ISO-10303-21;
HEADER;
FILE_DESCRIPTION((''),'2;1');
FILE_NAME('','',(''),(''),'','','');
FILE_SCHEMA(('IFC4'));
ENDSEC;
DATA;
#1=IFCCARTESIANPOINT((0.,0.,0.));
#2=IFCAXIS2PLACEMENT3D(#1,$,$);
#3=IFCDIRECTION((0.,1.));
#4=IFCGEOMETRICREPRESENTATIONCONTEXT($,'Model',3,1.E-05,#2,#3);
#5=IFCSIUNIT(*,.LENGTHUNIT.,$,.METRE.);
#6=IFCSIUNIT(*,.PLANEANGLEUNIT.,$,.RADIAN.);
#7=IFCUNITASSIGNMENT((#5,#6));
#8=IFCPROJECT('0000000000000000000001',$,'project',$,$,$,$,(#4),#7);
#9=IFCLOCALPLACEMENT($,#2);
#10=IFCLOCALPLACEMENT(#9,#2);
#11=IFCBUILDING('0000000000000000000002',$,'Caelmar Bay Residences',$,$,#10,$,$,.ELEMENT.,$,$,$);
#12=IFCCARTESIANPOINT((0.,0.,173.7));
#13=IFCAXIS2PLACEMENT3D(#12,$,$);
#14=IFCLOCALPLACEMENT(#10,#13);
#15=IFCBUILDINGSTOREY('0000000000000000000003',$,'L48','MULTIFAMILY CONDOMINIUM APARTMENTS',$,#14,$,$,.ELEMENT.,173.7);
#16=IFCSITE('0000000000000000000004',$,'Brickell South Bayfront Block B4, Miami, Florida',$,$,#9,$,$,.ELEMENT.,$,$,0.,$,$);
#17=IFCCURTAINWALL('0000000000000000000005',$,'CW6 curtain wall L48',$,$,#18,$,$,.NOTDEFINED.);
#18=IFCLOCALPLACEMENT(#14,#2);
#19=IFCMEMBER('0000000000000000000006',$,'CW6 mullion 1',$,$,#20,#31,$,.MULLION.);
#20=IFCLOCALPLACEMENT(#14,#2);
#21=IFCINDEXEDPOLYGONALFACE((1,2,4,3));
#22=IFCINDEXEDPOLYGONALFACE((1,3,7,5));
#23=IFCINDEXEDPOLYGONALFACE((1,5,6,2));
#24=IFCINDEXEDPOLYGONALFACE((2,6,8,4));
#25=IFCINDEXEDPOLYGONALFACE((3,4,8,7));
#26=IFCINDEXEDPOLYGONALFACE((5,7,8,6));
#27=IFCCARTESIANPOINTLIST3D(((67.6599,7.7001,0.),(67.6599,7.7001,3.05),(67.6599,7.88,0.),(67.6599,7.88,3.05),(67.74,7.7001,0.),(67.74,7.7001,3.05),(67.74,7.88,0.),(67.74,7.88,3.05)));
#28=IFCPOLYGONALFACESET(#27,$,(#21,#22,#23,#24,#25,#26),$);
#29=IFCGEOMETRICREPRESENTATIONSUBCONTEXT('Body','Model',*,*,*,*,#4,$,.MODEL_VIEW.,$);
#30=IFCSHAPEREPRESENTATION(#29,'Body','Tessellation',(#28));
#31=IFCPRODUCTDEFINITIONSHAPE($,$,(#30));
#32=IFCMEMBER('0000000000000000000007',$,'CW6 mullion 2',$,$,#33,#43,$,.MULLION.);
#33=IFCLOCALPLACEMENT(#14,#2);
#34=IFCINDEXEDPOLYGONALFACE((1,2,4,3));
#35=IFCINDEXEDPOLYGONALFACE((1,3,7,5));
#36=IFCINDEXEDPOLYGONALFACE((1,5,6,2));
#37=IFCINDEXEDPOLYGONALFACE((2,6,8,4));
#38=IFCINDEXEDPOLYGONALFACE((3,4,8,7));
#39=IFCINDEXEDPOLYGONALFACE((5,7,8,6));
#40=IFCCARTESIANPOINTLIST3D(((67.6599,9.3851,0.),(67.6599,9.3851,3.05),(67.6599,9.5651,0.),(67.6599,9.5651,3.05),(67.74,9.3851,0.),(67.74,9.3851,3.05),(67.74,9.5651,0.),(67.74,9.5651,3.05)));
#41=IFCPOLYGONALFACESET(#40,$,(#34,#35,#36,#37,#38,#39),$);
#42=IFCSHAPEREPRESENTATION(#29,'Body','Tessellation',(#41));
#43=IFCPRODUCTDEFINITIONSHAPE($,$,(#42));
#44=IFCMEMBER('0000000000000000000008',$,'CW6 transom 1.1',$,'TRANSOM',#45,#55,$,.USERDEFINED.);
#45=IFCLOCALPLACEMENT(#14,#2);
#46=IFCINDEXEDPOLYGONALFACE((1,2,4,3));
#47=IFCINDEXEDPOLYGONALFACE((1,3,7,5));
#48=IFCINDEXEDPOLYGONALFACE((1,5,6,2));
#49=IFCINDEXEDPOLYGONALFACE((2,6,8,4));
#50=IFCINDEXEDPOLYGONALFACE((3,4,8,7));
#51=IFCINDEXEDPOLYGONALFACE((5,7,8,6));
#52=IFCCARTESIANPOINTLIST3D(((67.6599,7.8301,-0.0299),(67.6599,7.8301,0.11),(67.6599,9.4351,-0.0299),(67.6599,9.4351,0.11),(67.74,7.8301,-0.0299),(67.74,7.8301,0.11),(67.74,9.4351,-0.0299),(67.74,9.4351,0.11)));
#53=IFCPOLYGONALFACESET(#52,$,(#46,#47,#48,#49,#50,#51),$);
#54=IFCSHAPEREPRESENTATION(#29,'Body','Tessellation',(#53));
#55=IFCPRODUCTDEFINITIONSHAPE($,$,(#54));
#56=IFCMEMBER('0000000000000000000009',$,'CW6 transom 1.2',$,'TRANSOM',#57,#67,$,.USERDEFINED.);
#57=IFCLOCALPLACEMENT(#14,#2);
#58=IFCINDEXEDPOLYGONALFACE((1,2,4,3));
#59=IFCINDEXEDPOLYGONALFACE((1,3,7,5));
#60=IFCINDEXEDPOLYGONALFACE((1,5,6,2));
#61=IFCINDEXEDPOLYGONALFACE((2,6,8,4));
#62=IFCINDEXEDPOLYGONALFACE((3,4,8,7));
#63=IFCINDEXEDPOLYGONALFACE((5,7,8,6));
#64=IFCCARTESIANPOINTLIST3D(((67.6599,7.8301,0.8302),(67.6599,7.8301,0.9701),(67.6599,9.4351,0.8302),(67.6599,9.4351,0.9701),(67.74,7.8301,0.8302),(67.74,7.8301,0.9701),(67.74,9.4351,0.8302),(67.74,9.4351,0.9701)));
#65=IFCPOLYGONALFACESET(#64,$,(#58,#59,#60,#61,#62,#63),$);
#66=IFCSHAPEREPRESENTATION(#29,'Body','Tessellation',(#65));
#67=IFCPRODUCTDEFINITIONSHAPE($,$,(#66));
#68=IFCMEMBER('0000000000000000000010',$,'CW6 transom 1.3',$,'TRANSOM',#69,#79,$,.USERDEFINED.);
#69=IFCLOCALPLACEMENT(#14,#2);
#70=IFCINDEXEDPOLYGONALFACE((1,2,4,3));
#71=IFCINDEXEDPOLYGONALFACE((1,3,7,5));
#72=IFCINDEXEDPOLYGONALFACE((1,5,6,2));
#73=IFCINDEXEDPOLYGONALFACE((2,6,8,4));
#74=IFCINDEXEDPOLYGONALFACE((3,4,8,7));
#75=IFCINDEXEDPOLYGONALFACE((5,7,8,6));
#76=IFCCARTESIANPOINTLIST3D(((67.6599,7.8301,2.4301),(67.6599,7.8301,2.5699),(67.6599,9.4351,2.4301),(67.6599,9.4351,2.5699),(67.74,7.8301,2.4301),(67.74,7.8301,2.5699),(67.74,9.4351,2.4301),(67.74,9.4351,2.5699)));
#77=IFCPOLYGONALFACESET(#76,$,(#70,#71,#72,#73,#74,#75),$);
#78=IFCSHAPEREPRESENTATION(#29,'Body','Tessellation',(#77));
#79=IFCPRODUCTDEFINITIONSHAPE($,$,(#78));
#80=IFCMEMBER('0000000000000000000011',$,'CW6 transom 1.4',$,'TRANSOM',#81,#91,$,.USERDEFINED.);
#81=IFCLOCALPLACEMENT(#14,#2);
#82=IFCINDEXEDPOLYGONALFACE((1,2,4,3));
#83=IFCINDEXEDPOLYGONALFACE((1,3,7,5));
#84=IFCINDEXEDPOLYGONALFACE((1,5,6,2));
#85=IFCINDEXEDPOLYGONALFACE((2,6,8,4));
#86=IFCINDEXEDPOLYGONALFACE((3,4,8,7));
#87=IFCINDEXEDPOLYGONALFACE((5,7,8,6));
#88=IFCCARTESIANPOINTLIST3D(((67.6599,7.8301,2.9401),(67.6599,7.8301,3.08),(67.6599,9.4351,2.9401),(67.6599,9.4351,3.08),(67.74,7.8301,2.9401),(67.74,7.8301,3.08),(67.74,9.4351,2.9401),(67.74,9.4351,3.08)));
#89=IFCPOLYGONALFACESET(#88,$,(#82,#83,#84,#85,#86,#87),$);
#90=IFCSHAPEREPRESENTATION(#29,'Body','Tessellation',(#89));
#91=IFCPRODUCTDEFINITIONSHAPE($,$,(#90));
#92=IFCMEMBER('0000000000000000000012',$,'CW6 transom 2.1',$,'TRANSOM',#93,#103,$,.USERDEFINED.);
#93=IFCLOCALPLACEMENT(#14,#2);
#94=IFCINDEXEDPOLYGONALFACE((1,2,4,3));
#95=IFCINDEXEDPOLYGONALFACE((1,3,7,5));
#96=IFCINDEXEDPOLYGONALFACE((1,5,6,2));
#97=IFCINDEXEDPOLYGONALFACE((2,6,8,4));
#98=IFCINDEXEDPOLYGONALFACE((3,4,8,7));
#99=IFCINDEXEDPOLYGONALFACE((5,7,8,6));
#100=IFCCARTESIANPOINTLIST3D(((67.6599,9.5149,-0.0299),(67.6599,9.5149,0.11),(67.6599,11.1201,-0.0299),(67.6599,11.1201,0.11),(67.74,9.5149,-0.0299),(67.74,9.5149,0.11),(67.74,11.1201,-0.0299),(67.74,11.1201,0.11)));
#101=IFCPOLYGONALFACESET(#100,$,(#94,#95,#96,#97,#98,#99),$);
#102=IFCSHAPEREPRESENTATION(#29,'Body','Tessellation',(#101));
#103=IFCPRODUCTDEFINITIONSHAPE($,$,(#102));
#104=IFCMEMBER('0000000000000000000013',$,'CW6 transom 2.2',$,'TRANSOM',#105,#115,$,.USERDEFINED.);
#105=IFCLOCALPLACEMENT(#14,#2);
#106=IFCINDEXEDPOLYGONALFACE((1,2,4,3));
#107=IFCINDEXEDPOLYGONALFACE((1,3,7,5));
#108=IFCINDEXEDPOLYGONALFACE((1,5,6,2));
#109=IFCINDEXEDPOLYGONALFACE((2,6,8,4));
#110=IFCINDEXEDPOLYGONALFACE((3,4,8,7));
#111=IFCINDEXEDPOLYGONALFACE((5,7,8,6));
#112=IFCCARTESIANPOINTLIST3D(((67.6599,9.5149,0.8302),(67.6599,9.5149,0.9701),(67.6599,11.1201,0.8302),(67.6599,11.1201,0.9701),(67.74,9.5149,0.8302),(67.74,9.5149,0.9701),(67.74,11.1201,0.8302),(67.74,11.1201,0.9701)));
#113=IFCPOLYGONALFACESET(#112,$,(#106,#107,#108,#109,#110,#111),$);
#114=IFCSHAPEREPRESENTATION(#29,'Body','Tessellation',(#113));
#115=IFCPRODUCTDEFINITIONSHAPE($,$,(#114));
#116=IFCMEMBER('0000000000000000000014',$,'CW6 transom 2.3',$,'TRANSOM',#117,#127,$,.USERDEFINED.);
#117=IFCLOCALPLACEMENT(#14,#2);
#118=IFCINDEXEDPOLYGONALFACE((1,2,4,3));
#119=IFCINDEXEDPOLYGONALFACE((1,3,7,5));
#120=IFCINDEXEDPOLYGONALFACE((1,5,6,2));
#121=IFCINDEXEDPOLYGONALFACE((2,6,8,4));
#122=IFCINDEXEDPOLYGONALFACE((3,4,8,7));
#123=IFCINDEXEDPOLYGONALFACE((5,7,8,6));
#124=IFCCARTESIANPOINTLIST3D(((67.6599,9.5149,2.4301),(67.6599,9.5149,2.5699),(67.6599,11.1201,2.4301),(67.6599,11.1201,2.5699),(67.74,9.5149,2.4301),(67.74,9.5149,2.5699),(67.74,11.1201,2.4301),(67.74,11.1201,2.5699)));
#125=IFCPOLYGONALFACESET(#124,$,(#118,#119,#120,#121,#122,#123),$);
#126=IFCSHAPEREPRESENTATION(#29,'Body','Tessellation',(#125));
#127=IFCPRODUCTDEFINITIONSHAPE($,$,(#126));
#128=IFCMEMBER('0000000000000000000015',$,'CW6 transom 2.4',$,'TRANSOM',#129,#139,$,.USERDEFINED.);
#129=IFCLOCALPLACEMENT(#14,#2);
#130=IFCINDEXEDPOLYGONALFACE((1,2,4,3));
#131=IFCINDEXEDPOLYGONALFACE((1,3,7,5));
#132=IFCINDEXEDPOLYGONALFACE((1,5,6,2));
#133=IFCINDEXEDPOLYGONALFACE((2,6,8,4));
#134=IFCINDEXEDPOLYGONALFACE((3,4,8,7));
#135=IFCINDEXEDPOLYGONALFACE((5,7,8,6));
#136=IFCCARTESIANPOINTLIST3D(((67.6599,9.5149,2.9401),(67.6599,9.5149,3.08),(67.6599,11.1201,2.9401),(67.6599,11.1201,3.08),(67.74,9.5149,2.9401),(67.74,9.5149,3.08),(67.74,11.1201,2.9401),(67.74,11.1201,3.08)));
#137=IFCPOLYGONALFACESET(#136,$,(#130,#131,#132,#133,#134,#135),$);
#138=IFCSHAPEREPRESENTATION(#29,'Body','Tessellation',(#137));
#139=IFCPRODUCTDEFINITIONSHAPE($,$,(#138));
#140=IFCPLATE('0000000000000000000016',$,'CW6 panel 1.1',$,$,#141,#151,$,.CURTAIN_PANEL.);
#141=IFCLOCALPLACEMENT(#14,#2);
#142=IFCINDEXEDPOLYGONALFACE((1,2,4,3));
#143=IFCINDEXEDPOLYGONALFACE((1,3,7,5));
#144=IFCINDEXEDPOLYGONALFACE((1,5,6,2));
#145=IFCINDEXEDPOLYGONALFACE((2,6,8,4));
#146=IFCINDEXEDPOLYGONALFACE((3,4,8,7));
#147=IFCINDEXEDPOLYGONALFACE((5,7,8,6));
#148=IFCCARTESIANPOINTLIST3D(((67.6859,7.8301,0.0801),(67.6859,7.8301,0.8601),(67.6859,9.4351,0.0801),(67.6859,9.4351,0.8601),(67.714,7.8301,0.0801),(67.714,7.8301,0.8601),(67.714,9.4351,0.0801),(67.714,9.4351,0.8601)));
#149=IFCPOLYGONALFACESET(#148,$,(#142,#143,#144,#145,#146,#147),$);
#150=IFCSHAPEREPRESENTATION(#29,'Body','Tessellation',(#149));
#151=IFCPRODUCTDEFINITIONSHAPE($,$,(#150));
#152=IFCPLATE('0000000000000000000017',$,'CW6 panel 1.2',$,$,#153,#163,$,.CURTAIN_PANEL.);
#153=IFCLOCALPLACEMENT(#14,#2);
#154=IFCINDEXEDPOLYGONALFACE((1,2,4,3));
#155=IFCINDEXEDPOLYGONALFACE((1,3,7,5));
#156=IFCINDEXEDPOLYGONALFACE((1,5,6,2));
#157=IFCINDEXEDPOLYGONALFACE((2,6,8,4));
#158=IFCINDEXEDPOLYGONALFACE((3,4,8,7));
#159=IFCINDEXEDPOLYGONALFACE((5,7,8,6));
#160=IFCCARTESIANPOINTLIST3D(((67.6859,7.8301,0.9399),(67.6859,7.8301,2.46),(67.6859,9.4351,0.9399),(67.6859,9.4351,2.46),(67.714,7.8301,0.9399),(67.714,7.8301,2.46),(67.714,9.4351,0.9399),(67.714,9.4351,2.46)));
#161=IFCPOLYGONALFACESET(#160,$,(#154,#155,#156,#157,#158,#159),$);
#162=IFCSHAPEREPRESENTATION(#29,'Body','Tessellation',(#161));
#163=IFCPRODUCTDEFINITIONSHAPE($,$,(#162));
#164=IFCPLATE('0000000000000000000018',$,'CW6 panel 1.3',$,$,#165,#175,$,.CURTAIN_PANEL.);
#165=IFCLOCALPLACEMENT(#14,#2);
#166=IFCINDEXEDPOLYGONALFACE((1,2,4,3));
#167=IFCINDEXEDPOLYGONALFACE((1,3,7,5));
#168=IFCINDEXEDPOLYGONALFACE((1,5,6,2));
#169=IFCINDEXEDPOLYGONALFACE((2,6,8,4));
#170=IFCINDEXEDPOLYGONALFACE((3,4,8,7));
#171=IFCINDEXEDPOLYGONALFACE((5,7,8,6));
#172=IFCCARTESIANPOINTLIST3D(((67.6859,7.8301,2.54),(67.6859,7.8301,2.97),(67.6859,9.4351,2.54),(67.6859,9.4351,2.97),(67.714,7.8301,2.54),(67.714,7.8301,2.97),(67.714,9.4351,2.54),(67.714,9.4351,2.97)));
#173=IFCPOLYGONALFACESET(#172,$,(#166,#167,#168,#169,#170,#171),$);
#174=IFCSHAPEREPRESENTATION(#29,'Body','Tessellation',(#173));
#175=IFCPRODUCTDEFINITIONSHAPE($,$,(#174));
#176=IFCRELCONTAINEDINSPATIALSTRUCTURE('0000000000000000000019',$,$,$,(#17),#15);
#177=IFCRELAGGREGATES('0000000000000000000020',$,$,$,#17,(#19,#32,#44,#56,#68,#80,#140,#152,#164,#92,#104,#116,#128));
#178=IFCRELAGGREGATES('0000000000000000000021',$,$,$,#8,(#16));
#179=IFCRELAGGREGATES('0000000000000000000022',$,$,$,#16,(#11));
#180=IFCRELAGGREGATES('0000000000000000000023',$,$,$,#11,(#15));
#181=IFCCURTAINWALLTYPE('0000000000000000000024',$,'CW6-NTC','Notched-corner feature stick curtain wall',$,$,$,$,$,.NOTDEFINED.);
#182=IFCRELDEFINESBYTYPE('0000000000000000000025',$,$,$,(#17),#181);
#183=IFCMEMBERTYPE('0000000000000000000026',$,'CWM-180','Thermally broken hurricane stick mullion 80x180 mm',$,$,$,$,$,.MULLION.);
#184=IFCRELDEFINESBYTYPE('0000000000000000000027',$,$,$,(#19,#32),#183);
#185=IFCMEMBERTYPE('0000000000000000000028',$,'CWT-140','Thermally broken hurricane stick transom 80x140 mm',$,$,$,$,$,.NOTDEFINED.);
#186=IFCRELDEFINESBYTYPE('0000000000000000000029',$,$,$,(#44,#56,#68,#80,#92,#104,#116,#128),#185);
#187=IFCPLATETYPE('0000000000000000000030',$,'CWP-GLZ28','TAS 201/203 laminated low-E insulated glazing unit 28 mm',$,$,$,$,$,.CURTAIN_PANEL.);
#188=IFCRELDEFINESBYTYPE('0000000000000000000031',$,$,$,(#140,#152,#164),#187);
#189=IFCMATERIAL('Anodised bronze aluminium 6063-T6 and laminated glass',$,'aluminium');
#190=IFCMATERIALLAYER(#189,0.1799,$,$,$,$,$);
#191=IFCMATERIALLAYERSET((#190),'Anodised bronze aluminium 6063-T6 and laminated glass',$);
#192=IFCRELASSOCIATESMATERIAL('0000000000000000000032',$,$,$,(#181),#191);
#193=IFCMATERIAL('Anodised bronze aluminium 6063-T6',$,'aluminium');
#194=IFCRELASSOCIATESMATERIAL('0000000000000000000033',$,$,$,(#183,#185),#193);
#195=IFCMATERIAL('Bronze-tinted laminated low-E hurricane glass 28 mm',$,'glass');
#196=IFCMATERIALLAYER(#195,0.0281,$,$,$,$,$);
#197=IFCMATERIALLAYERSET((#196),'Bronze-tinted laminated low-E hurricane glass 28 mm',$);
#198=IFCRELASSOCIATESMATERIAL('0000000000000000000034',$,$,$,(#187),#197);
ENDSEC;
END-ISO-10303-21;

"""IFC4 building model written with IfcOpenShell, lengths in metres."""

from ifc_helpers import new_model, si_unit, direction, frame, origin, origin_2d, place, context, subcontext, project, spatial, rectangle, extrude, material, layer, layer_set, material_profile, profile_set, type_object, element, aggregate, save


model = new_model("IFC4")

# Units and contexts
model_context = context("Model", 3, precision=1e-05, world=origin(), true_north=direction((0.0, 1.0)))
body_context = subcontext(model_context, "Body", "Model", "MODEL_VIEW")
ifc_project = project(units=[si_unit("LENGTHUNIT", "METRE"), si_unit("PLANEANGLEUNIT", "RADIAN")], contexts=[model_context])

# Site, building, storey
site_placement = place(None, origin())
site = spatial("IfcSite", under=ifc_project, at=site_placement, Name="Brickell South Bayfront Block B4, Miami, Florida", CompositionType="ELEMENT", RefElevation=0.0)
building_placement = place(site_placement, origin())
building = spatial("IfcBuilding", under=site, at=building_placement, Name="Caelmar Bay Residences", CompositionType="ELEMENT")
storey_placement = place(building_placement, frame((0.0, 0.0, 173.7)))
storey = spatial("IfcBuildingStorey", under=building, at=storey_placement, Name="L48", Description="MULTIFAMILY CONDOMINIUM APARTMENTS", CompositionType="ELEMENT", Elevation=173.7)

# Curtain wall, members, plates
ifc_material_1 = material(Name="Anodised bronze aluminium 6063-T6 and laminated glass", Category="aluminium")
ifc_layer_1 = layer(ifc_material_1, 0.1799)
ifc_layer_set_1 = layer_set([ifc_layer_1], Name="Anodised bronze aluminium 6063-T6 and laminated glass")
curtain_wall_type = type_object("IfcCurtainWallType", Name="CW6-NTC", Description="Notched-corner feature stick curtain wall", PredefinedType="NOTDEFINED", material=ifc_layer_set_1)
curtain_wall_placement = place(storey_placement, origin())
curtain_wall = element("IfcCurtainWall", 1, at=curtain_wall_placement, inside=storey, type_object=curtain_wall_type, Name="CW6 curtain wall L48", PredefinedType="NOTDEFINED")
ifc_material_2 = material(Name="Anodised bronze aluminium 6063-T6", Category="aluminium")
ifc_material_profile_1 = material_profile(ifc_material_2, rectangle(XDim=0.0801, YDim=0.1799, at=origin_2d()), Name="CWM-80X180")
ifc_profile_set_1 = profile_set([ifc_material_profile_1], Name="Anodised bronze aluminium 6063-T6")
member_type_1 = type_object("IfcMemberType", Name="CWM-180", Description="Thermally broken hurricane stick mullion 80x180 mm", PredefinedType="MULLION", material=ifc_profile_set_1)
member_1_placement = place(storey_placement, frame((67.7, 7.79, 0.0), z_axis=(0.0, 0.0, 1.0), x_axis=(-1.0, 0.0, 0.0)))
member_1 = element("IfcMember", 2, at=member_1_placement, type_object=member_type_1, Name="CW6 mullion 1", PredefinedType="MULLION", context=body_context, shape_type="SweptSolid", body=[
    extrude(rectangle(XDim=0.0801, YDim=0.1799, at=origin_2d()), origin(), (0.0, 0.0, 1.0), 3.05),
])
member_2_placement = place(storey_placement, frame((67.7, 9.4751, 0.0), z_axis=(0.0, 0.0, 1.0), x_axis=(-1.0, 0.0, 0.0)))
member_2 = element("IfcMember", 3, at=member_2_placement, type_object=member_type_1, Name="CW6 mullion 2", PredefinedType="MULLION", context=body_context, shape_type="SweptSolid", body=[
    extrude(rectangle(XDim=0.0801, YDim=0.1799, at=origin_2d()), origin(), (0.0, 0.0, 1.0), 3.05),
])
ifc_material_profile_2 = material_profile(ifc_material_2, rectangle(XDim=0.0801, YDim=0.1399, at=origin_2d()), Name="CWT-80X140")
ifc_profile_set_2 = profile_set([ifc_material_profile_2], Name="Anodised bronze aluminium 6063-T6")
member_type_2 = type_object("IfcMemberType", Name="CWT-140", Description="Thermally broken hurricane stick transom 80x140 mm", PredefinedType="NOTDEFINED", material=ifc_profile_set_2)
member_3_placement = place(storey_placement, frame((67.7, 7.8301, 0.04), z_axis=(0.0, 1.0, 0.0), x_axis=(-1.0, 0.0, 0.0)))
member_3 = element("IfcMember", 4, at=member_3_placement, type_object=member_type_2, Name="CW6 transom 1.1", ObjectType="TRANSOM", PredefinedType="USERDEFINED", context=body_context, shape_type="SweptSolid", body=[
    extrude(rectangle(XDim=0.0801, YDim=0.1399, at=origin_2d()), origin(), (0.0, 0.0, 1.0), 1.605),
])
member_4_placement = place(storey_placement, frame((67.7, 7.8301, 0.9001), z_axis=(0.0, 1.0, 0.0), x_axis=(-1.0, 0.0, 0.0)))
member_4 = element("IfcMember", 5, at=member_4_placement, type_object=member_type_2, Name="CW6 transom 1.2", ObjectType="TRANSOM", PredefinedType="USERDEFINED", context=body_context, shape_type="SweptSolid", body=[
    extrude(rectangle(XDim=0.0801, YDim=0.1399, at=origin_2d()), origin(), (0.0, 0.0, 1.0), 1.605),
])
member_5_placement = place(storey_placement, frame((67.7, 7.8301, 2.5), z_axis=(0.0, 1.0, 0.0), x_axis=(-1.0, 0.0, 0.0)))
member_5 = element("IfcMember", 6, at=member_5_placement, type_object=member_type_2, Name="CW6 transom 1.3", ObjectType="TRANSOM", PredefinedType="USERDEFINED", context=body_context, shape_type="SweptSolid", body=[
    extrude(rectangle(XDim=0.0801, YDim=0.1399, at=origin_2d()), origin(), (0.0, 0.0, 1.0), 1.605),
])
member_6_placement = place(storey_placement, frame((67.7, 7.8301, 3.01), z_axis=(0.0, 1.0, 0.0), x_axis=(-1.0, 0.0, 0.0)))
member_6 = element("IfcMember", 7, at=member_6_placement, type_object=member_type_2, Name="CW6 transom 1.4", ObjectType="TRANSOM", PredefinedType="USERDEFINED", context=body_context, shape_type="SweptSolid", body=[
    extrude(rectangle(XDim=0.0801, YDim=0.1399, at=origin_2d()), origin(), (0.0, 0.0, 1.0), 1.605),
])
member_7_placement = place(storey_placement, frame((67.7, 9.5149, 0.04), z_axis=(0.0, 1.0, 0.0), x_axis=(-1.0, 0.0, 0.0)))
member_7 = element("IfcMember", 8, at=member_7_placement, type_object=member_type_2, Name="CW6 transom 2.1", ObjectType="TRANSOM", PredefinedType="USERDEFINED", context=body_context, shape_type="SweptSolid", body=[
    extrude(rectangle(XDim=0.0801, YDim=0.1399, at=origin_2d()), origin(), (0.0, 0.0, 1.0), 1.6052),
])
member_8_placement = place(storey_placement, frame((67.7, 9.5149, 0.9001), z_axis=(0.0, 1.0, 0.0), x_axis=(-1.0, 0.0, 0.0)))
member_8 = element("IfcMember", 9, at=member_8_placement, type_object=member_type_2, Name="CW6 transom 2.2", ObjectType="TRANSOM", PredefinedType="USERDEFINED", context=body_context, shape_type="SweptSolid", body=[
    extrude(rectangle(XDim=0.0801, YDim=0.1399, at=origin_2d()), origin(), (0.0, 0.0, 1.0), 1.6052),
])
member_9_placement = place(storey_placement, frame((67.7, 9.5149, 2.5), z_axis=(0.0, 1.0, 0.0), x_axis=(-1.0, 0.0, 0.0)))
member_9 = element("IfcMember", 10, at=member_9_placement, type_object=member_type_2, Name="CW6 transom 2.3", ObjectType="TRANSOM", PredefinedType="USERDEFINED", context=body_context, shape_type="SweptSolid", body=[
    extrude(rectangle(XDim=0.0801, YDim=0.1399, at=origin_2d()), origin(), (0.0, 0.0, 1.0), 1.6052),
])
member_10_placement = place(storey_placement, frame((67.7, 9.5149, 3.01), z_axis=(0.0, 1.0, 0.0), x_axis=(-1.0, 0.0, 0.0)))
member_10 = element("IfcMember", 11, at=member_10_placement, type_object=member_type_2, Name="CW6 transom 2.4", ObjectType="TRANSOM", PredefinedType="USERDEFINED", context=body_context, shape_type="SweptSolid", body=[
    extrude(rectangle(XDim=0.0801, YDim=0.1399, at=origin_2d()), origin(), (0.0, 0.0, 1.0), 1.6052),
])
ifc_material_3 = material(Name="Bronze-tinted laminated low-E hurricane glass 28 mm", Category="glass")
ifc_layer_2 = layer(ifc_material_3, 0.0281)
ifc_layer_set_2 = layer_set([ifc_layer_2], Name="Bronze-tinted laminated low-E hurricane glass 28 mm")
plate_type = type_object("IfcPlateType", Name="CWP-GLZ28", Description="TAS 201/203 laminated low-E insulated glazing unit 28 mm", PredefinedType="CURTAIN_PANEL", material=ifc_layer_set_2)
plate_1_placement = place(storey_placement, frame((67.7, 8.6326, 0.0801), z_axis=(0.0, 0.0, 1.0), x_axis=(0.0, 1.0, 0.0)))
plate_1 = element("IfcPlate", 12, at=plate_1_placement, type_object=plate_type, Name="CW6 panel 1.1", PredefinedType="CURTAIN_PANEL", context=body_context, shape_type="SweptSolid", body=[
    extrude(rectangle(XDim=1.605, YDim=0.0281, at=origin_2d()), origin(), (0.0, 0.0, 1.0), 0.78),
])
plate_2_placement = place(storey_placement, frame((67.7, 8.6326, 0.9399), z_axis=(0.0, 0.0, 1.0), x_axis=(0.0, 1.0, 0.0)))
plate_2 = element("IfcPlate", 13, at=plate_2_placement, type_object=plate_type, Name="CW6 panel 1.2", PredefinedType="CURTAIN_PANEL", context=body_context, shape_type="SweptSolid", body=[
    extrude(rectangle(XDim=1.605, YDim=0.0281, at=origin_2d()), origin(), (0.0, 0.0, 1.0), 1.52),
])
plate_3_placement = place(storey_placement, frame((67.7, 8.6326, 2.54), z_axis=(0.0, 0.0, 1.0), x_axis=(0.0, 1.0, 0.0)))
plate_3 = element("IfcPlate", 14, at=plate_3_placement, type_object=plate_type, Name="CW6 panel 1.3", PredefinedType="CURTAIN_PANEL", context=body_context, shape_type="SweptSolid", body=[
    extrude(rectangle(XDim=1.605, YDim=0.0281, at=origin_2d()), origin(), (0.0, 0.0, 1.0), 0.4299),
])
aggregate(curtain_wall, [member_1, member_2, member_3, member_4, member_5, member_6, plate_1, plate_2, plate_3, member_7, member_8, member_9, member_10])

save(model, "model.ifc")
